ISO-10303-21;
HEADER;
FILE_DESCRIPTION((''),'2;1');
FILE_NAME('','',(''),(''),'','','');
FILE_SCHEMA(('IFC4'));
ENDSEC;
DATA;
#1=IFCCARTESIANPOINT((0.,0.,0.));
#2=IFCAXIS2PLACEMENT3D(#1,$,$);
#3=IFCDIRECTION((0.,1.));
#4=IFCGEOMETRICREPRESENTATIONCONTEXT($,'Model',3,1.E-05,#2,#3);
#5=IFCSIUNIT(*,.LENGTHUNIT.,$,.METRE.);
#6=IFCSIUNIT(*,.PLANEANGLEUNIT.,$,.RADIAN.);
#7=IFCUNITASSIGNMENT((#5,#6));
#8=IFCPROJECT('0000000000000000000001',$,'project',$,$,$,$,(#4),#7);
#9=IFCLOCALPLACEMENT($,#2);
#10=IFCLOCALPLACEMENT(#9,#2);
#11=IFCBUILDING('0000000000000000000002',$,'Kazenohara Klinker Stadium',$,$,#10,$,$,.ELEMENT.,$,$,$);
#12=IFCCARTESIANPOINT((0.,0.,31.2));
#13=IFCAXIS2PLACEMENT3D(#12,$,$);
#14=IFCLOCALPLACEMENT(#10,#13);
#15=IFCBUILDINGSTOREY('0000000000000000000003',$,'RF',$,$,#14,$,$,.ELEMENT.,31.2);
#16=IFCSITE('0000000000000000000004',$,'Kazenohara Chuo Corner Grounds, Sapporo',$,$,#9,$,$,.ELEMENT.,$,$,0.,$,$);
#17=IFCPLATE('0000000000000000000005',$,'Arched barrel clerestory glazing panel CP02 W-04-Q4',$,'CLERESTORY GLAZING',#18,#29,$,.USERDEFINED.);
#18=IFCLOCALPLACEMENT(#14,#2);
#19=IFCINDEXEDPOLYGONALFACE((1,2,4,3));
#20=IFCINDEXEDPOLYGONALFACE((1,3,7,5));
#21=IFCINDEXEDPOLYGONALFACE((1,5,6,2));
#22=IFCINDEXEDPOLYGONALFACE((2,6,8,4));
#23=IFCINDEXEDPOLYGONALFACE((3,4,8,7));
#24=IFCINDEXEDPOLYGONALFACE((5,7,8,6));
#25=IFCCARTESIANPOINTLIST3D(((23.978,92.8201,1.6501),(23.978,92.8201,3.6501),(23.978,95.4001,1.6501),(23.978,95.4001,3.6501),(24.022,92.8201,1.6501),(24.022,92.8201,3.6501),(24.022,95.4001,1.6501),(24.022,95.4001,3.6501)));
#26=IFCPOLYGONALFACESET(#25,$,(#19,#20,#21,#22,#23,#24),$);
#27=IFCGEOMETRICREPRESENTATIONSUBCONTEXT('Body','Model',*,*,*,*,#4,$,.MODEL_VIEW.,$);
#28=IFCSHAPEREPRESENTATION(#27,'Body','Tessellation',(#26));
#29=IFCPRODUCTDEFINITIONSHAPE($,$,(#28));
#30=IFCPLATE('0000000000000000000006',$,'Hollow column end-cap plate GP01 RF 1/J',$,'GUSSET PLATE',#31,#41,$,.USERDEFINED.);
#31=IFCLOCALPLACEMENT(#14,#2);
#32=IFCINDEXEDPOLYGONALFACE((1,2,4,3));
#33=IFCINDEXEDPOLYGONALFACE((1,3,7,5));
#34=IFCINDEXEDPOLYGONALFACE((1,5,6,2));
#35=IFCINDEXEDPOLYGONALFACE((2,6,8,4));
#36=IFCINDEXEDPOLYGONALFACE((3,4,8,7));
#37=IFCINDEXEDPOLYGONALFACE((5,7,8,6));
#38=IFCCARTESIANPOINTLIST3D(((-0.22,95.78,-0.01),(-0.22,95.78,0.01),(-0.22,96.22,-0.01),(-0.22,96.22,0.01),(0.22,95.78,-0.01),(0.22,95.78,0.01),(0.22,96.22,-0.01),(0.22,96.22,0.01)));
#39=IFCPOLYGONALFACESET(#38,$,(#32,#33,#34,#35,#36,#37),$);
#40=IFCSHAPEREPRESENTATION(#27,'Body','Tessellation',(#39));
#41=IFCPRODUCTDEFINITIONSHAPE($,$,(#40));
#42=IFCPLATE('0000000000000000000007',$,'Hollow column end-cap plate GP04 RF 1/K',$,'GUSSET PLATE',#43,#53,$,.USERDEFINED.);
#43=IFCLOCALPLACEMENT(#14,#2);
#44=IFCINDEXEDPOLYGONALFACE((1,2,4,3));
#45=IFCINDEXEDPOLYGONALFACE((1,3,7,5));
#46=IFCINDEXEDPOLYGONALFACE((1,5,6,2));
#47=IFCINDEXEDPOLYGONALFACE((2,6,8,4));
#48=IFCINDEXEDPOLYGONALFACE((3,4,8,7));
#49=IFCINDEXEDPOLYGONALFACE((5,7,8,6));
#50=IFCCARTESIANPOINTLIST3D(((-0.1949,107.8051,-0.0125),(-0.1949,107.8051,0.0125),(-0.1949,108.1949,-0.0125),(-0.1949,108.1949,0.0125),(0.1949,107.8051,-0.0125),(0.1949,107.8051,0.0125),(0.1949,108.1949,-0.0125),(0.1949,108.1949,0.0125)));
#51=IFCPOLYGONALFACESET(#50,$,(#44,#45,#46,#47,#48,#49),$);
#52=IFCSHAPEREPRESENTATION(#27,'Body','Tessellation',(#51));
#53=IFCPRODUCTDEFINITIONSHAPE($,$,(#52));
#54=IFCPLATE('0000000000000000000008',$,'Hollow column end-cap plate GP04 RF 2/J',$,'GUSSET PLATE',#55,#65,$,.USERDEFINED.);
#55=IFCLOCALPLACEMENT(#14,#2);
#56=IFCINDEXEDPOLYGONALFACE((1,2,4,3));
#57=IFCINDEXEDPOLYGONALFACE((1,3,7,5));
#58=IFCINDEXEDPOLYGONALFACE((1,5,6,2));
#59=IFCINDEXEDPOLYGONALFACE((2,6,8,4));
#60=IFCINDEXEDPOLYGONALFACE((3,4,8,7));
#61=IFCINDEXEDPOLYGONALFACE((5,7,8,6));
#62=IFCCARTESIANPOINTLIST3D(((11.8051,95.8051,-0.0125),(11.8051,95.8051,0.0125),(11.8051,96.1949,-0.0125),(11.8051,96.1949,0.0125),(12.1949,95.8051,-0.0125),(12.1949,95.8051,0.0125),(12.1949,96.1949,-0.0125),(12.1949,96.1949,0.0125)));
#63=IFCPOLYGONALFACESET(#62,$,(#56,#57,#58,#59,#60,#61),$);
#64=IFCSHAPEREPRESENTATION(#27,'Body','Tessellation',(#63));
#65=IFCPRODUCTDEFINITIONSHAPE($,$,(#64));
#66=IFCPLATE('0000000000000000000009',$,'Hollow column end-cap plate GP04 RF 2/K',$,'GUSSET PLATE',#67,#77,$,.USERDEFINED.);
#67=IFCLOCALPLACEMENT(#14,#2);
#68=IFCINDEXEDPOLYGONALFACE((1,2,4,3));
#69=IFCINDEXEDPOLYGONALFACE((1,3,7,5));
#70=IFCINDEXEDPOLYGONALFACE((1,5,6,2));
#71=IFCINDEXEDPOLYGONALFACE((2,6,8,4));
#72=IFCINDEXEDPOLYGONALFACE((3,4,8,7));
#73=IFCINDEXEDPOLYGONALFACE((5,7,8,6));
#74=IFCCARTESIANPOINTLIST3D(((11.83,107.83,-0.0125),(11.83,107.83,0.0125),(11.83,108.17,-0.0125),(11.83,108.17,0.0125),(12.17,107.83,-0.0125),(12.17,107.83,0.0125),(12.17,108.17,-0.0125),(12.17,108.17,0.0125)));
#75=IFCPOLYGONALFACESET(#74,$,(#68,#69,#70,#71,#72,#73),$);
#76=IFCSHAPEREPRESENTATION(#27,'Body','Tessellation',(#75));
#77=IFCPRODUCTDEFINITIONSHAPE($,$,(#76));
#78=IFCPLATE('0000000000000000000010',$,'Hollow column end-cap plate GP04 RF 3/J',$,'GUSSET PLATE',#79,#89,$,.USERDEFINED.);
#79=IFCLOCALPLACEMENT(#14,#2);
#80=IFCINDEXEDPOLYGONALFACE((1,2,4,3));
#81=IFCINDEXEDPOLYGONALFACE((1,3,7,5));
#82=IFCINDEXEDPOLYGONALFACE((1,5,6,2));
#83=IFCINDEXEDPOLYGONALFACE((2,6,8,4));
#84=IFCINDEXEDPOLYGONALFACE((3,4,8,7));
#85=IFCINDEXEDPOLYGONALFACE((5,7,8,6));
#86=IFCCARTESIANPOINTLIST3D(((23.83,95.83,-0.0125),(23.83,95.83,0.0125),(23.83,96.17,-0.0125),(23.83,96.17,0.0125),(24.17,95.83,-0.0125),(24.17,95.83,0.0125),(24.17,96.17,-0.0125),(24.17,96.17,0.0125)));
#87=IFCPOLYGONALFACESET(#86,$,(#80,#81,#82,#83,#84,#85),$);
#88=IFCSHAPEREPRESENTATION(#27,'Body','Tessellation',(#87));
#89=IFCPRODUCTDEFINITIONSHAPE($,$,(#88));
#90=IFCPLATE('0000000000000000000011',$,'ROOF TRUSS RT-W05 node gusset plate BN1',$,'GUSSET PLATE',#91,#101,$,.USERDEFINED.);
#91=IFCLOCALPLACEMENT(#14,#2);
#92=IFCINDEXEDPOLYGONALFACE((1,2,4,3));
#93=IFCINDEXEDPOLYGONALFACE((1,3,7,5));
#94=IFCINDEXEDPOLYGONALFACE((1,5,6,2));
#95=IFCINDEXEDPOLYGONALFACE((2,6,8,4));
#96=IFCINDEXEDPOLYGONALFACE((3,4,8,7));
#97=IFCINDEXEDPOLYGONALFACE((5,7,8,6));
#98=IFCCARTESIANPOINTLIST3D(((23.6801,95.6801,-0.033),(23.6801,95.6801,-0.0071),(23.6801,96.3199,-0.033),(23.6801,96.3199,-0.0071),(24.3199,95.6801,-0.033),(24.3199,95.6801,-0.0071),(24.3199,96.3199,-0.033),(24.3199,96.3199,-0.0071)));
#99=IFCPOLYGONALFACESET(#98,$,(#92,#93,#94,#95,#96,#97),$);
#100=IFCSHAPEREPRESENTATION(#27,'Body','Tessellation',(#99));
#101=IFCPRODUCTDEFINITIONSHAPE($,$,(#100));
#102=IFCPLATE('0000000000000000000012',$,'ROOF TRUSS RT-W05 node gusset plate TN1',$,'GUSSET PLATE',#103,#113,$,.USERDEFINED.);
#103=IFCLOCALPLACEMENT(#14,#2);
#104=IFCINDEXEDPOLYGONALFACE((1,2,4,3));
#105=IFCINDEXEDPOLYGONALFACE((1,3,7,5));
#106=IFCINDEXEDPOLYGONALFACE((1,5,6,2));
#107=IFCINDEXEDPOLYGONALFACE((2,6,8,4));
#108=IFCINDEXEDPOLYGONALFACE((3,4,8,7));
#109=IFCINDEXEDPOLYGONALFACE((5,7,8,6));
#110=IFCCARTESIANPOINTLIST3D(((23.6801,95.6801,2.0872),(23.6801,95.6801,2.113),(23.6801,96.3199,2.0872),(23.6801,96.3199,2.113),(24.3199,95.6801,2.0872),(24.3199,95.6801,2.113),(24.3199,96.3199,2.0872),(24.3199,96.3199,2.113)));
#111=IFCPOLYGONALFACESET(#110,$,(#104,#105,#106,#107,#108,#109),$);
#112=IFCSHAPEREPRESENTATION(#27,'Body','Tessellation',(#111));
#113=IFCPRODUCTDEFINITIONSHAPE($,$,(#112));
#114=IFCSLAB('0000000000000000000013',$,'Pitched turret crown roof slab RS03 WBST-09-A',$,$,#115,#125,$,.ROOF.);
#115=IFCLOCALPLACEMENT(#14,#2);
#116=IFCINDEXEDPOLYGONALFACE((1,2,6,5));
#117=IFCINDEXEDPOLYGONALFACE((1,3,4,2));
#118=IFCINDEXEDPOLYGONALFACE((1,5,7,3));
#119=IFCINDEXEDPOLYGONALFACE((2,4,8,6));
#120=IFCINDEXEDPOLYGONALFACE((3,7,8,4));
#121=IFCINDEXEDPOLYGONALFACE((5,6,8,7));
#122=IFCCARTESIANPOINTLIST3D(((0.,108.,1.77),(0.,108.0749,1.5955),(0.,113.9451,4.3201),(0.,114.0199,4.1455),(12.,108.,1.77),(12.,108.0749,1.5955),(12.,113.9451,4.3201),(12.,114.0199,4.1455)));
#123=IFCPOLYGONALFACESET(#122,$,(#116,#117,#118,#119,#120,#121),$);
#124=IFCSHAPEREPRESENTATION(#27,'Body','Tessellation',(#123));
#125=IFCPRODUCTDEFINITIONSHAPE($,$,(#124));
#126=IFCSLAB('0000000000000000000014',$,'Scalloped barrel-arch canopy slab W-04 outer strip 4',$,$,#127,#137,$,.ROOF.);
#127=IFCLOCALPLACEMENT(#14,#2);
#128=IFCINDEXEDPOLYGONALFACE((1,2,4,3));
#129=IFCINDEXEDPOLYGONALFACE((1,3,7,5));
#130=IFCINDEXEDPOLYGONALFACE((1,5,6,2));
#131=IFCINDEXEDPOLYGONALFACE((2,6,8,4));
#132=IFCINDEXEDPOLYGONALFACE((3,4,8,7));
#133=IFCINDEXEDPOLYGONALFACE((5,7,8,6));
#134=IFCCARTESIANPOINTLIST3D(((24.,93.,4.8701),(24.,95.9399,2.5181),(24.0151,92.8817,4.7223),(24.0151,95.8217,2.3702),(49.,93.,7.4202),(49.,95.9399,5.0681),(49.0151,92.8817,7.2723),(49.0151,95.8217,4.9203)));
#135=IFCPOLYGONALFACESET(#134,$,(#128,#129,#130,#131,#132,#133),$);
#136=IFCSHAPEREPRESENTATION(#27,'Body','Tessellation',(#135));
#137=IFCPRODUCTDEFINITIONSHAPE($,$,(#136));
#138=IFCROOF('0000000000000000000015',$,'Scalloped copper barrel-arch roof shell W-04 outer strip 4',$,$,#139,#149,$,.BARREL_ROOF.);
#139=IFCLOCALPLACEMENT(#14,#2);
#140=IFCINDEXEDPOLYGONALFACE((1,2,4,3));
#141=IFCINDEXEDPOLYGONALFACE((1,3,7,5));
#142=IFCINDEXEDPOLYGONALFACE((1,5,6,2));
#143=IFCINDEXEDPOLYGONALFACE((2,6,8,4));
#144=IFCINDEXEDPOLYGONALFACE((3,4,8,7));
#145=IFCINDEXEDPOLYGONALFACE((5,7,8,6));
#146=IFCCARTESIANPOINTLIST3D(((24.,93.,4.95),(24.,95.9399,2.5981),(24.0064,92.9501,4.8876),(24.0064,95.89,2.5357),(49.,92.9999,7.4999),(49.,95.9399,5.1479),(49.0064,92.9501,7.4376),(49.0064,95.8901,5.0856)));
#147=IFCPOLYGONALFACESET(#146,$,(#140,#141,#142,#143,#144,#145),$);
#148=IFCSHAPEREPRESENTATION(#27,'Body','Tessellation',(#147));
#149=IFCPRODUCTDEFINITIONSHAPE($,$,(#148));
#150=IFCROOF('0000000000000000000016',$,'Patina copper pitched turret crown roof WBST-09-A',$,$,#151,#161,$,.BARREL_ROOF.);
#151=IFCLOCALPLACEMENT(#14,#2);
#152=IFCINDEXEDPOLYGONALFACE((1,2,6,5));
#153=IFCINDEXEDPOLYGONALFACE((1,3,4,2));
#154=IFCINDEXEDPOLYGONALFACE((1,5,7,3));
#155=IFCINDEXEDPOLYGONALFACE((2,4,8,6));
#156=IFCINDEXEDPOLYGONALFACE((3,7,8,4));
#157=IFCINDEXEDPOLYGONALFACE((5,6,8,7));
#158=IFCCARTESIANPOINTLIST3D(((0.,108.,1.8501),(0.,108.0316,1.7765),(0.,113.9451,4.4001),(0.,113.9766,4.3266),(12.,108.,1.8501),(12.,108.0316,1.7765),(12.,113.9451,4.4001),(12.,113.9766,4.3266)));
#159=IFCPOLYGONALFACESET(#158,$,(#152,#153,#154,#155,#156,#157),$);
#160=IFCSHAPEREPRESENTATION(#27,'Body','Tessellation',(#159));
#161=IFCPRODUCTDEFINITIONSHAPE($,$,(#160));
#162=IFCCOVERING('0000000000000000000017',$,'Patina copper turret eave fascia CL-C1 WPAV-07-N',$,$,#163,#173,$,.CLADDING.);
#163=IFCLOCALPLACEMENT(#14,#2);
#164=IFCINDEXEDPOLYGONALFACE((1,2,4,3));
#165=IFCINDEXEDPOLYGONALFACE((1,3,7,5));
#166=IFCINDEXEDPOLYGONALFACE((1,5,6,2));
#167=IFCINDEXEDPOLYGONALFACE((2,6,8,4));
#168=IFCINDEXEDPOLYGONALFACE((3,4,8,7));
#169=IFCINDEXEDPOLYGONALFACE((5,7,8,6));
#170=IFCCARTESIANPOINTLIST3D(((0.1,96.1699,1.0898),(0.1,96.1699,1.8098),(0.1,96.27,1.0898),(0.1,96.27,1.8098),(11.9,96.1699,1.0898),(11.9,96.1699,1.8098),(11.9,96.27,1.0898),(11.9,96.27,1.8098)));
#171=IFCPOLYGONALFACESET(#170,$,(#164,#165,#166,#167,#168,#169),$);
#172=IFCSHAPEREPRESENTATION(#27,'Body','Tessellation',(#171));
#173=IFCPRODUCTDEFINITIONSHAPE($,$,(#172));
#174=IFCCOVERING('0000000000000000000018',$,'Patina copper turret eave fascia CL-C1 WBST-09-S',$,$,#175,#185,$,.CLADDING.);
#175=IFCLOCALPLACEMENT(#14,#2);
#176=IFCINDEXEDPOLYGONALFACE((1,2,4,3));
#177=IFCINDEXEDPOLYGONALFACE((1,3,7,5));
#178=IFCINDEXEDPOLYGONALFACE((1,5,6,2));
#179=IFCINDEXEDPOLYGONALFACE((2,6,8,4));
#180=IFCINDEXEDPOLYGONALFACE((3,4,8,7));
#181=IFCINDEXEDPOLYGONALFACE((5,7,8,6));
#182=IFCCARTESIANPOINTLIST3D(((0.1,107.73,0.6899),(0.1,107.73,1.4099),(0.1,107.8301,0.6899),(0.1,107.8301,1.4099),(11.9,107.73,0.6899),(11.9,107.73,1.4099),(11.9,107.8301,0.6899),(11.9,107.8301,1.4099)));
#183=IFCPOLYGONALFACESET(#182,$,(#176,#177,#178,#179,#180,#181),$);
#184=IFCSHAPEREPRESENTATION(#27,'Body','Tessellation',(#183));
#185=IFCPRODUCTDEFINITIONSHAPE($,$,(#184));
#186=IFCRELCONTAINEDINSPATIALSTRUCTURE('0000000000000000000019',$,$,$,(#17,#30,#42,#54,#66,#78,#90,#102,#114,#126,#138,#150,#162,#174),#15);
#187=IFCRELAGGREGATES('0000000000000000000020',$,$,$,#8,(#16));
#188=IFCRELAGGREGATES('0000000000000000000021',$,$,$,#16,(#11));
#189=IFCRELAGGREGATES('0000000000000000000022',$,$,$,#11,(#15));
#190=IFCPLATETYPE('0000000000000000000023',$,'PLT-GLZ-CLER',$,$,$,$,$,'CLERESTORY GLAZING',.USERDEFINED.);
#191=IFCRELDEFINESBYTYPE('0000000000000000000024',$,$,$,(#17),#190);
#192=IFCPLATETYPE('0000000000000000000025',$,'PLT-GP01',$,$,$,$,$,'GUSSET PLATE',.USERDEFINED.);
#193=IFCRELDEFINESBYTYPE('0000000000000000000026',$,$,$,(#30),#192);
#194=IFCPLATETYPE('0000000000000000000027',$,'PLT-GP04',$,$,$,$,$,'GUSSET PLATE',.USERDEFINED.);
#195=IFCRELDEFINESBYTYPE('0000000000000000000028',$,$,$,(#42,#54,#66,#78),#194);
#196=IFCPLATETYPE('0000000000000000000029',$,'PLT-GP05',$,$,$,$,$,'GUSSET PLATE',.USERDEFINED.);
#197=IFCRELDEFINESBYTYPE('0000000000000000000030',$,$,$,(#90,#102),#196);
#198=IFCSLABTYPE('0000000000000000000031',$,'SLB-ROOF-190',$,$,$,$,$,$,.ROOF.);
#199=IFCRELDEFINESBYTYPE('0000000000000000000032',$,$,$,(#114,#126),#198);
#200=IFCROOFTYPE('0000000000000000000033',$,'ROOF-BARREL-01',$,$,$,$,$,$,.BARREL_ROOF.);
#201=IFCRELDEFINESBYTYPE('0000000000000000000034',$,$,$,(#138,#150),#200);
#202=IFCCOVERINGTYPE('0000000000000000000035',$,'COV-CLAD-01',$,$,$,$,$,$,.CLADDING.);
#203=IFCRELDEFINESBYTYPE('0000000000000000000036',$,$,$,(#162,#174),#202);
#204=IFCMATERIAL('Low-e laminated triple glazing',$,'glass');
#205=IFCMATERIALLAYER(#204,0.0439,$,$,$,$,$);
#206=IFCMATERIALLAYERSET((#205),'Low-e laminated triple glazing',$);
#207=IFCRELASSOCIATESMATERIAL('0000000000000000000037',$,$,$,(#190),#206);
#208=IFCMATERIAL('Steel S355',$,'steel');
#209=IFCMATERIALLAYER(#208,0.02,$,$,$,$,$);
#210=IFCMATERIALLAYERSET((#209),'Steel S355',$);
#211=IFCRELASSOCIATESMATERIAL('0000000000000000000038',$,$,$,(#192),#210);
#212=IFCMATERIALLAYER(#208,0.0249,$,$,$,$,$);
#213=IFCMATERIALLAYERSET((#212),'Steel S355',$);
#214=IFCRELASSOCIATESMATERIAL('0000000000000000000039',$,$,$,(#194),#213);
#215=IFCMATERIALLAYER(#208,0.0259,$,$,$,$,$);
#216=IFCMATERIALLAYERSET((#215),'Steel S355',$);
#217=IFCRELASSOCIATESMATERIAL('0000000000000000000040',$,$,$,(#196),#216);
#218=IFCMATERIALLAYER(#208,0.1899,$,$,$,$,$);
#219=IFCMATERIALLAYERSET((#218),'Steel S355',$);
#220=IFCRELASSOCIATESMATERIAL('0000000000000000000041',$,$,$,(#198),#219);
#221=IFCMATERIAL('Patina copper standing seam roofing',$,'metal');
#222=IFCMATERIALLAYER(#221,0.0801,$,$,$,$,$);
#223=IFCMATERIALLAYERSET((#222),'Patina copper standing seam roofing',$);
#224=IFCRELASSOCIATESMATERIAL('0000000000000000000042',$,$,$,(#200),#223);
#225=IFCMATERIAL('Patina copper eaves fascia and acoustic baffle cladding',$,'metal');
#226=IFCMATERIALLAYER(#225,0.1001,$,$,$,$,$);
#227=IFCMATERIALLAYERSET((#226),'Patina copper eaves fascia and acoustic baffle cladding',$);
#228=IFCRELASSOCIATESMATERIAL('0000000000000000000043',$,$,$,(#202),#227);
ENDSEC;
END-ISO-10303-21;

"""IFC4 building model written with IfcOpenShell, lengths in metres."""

from ifc_helpers import new_model, si_unit, direction, frame, origin, origin_2d, place, context, subcontext, project, spatial, polyline, rectangle, outline, extrude, material, layer, layer_set, type_object, element, save


model = new_model("IFC4")

# Units and contexts
model_context = context("Model", 3, precision=1e-05, world=origin(), true_north=direction((0.0, 1.0)))
body_context = subcontext(model_context, "Body", "Model", "MODEL_VIEW")
ifc_project = project(units=[si_unit("LENGTHUNIT", "METRE"), si_unit("PLANEANGLEUNIT", "RADIAN")], contexts=[model_context])

# Site, building, storey
site_placement = place(None, origin())
site = spatial("IfcSite", under=ifc_project, at=site_placement, Name="Kazenohara Chuo Corner Grounds, Sapporo", CompositionType="ELEMENT", RefElevation=0.0)
building_placement = place(site_placement, origin())
building = spatial("IfcBuilding", under=site, at=building_placement, Name="Kazenohara Klinker Stadium", CompositionType="ELEMENT")
storey_placement = place(building_placement, frame((0.0, 0.0, 31.2)))
storey = spatial("IfcBuildingStorey", under=building, at=storey_placement, Name="RF", CompositionType="ELEMENT", Elevation=31.2)

# Shared definitions
ifc_material_1 = material(Name="Steel S355", Category="steel")

# Plates
ifc_material_2 = material(Name="Low-e laminated triple glazing", Category="glass")
ifc_layer_1 = layer(ifc_material_2, 0.0439)
ifc_layer_set_1 = layer_set([ifc_layer_1], Name="Low-e laminated triple glazing")
plate_type_1 = type_object("IfcPlateType", Name="PLT-GLZ-CLER", ElementType="CLERESTORY GLAZING", PredefinedType="USERDEFINED", material=ifc_layer_set_1)
plate_1_placement = place(storey_placement, frame((24.0, 94.1101, 1.6501), z_axis=(0.0, 0.0, 1.0), x_axis=(1.0, 0.0, 0.0)))
element("IfcPlate", 1, at=plate_1_placement, inside=storey, type_object=plate_type_1, Name="Arched barrel clerestory glazing panel CP02 W-04-Q4", ObjectType="CLERESTORY GLAZING", PredefinedType="USERDEFINED", context=body_context, shape_type="SweptSolid", body=[
    extrude(rectangle(XDim=0.0439, YDim=2.5801, at=origin_2d()), origin(), (0.0, 0.0, 1.0), 2.0),
])
ifc_layer_2 = layer(ifc_material_1, 0.02)
ifc_layer_set_2 = layer_set([ifc_layer_2], Name="Steel S355")
plate_type_2 = type_object("IfcPlateType", Name="PLT-GP01", ElementType="GUSSET PLATE", PredefinedType="USERDEFINED", material=ifc_layer_set_2)
plate_2_placement = place(storey_placement, frame((0.0, 96.0, -0.01), z_axis=(0.0, 0.0, 1.0), x_axis=(1.0, 0.0, 0.0)))
element("IfcPlate", 2, at=plate_2_placement, inside=storey, type_object=plate_type_2, Name="Hollow column end-cap plate GP01 RF 1/J", ObjectType="GUSSET PLATE", PredefinedType="USERDEFINED", context=body_context, shape_type="SweptSolid", body=[
    extrude(rectangle(XDim=0.4399, YDim=0.4399, at=origin_2d()), origin(), (0.0, 0.0, 1.0), 0.02),
])
ifc_layer_3 = layer(ifc_material_1, 0.0249)
ifc_layer_set_3 = layer_set([ifc_layer_3], Name="Steel S355")
plate_type_3 = type_object("IfcPlateType", Name="PLT-GP04", ElementType="GUSSET PLATE", PredefinedType="USERDEFINED", material=ifc_layer_set_3)
for number, where, z_axis, x_axis, name in (
    (3, (0.0, 108.0, -0.0125), (0.0, 0.0, 1.0), (1.0, 0.0, 0.0), "Hollow column end-cap plate GP04 RF 1/K"),
    (4, (12.0, 96.0, -0.0125), (0.0, 0.0, 1.0), (1.0, 0.0, 0.0), "Hollow column end-cap plate GP04 RF 2/J"),
):
    element("IfcPlate", number, at=place(storey_placement, frame(where, z_axis=z_axis, x_axis=x_axis)), inside=storey, type_object=plate_type_3, Name=name, ObjectType="GUSSET PLATE", PredefinedType="USERDEFINED", context=body_context, shape_type="SweptSolid", body=[
        extrude(rectangle(XDim=0.3899, YDim=0.3899, at=origin_2d()), origin(), (0.0, 0.0, 1.0), 0.0249),
    ])
for number, where, z_axis, x_axis, name in (
    (5, (12.0, 108.0, -0.0125), (0.0, 0.0, 1.0), (1.0, 0.0, 0.0), "Hollow column end-cap plate GP04 RF 2/K"),
    (6, (24.0, 96.0, -0.0125), (0.0, 0.0, 1.0), (1.0, 0.0, 0.0), "Hollow column end-cap plate GP04 RF 3/J"),
):
    element("IfcPlate", number, at=place(storey_placement, frame(where, z_axis=z_axis, x_axis=x_axis)), inside=storey, type_object=plate_type_3, Name=name, ObjectType="GUSSET PLATE", PredefinedType="USERDEFINED", context=body_context, shape_type="SweptSolid", body=[
        extrude(rectangle(XDim=0.3401, YDim=0.3401, at=origin_2d()), origin(), (0.0, 0.0, 1.0), 0.0249),
    ])
ifc_layer_4 = layer(ifc_material_1, 0.0259)
ifc_layer_set_4 = layer_set([ifc_layer_4], Name="Steel S355")
plate_type_4 = type_object("IfcPlateType", Name="PLT-GP05", ElementType="GUSSET PLATE", PredefinedType="USERDEFINED", material=ifc_layer_set_4)
for number, where, z_axis, x_axis, name in (
    (7, (24.0, 96.0, -0.033), (0.0, 0.0, 1.0), (1.0, 0.0, 0.0), "ROOF TRUSS RT-W05 node gusset plate BN1"),
    (8, (24.0, 96.0, 2.0872), (0.0, 0.0, 1.0), (1.0, 0.0, 0.0), "ROOF TRUSS RT-W05 node gusset plate TN1"),
):
    element("IfcPlate", number, at=place(storey_placement, frame(where, z_axis=z_axis, x_axis=x_axis)), inside=storey, type_object=plate_type_4, Name=name, ObjectType="GUSSET PLATE", PredefinedType="USERDEFINED", context=body_context, shape_type="SweptSolid", body=[
        extrude(rectangle(XDim=0.6399, YDim=0.6399, at=origin_2d()), origin(), (0.0, 0.0, 1.0), 0.0259),
    ])

# Slabs
ifc_layer_5 = layer(ifc_material_1, 0.1899)
ifc_layer_set_5 = layer_set([ifc_layer_5], Name="Steel S355")
slab_type = type_object("IfcSlabType", Name="SLB-ROOF-190", PredefinedType="ROOF", material=ifc_layer_set_5)
slab_1_placement = place(storey_placement, frame((0.0, 108.0, 1.77), z_axis=(0.0, -0.394202, 0.919024), x_axis=(1.0, 0.0, 0.0)))
element("IfcSlab", 9, at=slab_1_placement, inside=storey, type_object=slab_type, Name="Pitched turret crown roof slab RS03 WBST-09-A", PredefinedType="ROOF", context=body_context, shape_type="SweptSolid", body=[
    extrude(outline(polyline([(0.0, 0.0), (12.0, 0.0), (12.0, 6.4689), (0.0, 6.4689), (0.0, 0.0)])), origin(), (0.0, 0.0, -1.0), 0.1899),
])
slab_2_placement = place(storey_placement, frame((24.0, 93.0, 4.8701), z_axis=(-0.079397, 0.622739, 0.778391), x_axis=(0.994838, 0.0, 0.101475)))
element("IfcSlab", 10, at=slab_2_placement, inside=storey, type_object=slab_type, Name="Scalloped barrel-arch canopy slab W-04 outer strip 4", PredefinedType="ROOF", context=body_context, shape_type="SweptSolid", body=[
    extrude(outline(polyline([(0.0, 0.0), (25.1297, 0.0), (24.891, 3.7575), (-0.2387, 3.7575), (0.0, 0.0)])), origin(), (0.0, 0.0, -1.0), 0.1899),
])

# Roofs
ifc_material_3 = material(Name="Patina copper standing seam roofing", Category="metal")
ifc_layer_6 = layer(ifc_material_3, 0.0801)
ifc_layer_set_6 = layer_set([ifc_layer_6], Name="Patina copper standing seam roofing")
roof_type = type_object("IfcRoofType", Name="ROOF-BARREL-01", PredefinedType="BARREL_ROOF", material=ifc_layer_set_6)
roof_1_placement = place(storey_placement, frame((24.0, 93.0, 4.95), z_axis=(-0.079395, 0.622719, 0.778407), x_axis=(0.994838, -0.000002, 0.101472)))
element("IfcRoof", 11, at=roof_1_placement, inside=storey, type_object=roof_type, Name="Scalloped copper barrel-arch roof shell W-04 outer strip 4", PredefinedType="BARREL_ROOF", context=body_context, shape_type="SweptSolid", body=[
    extrude(outline(polyline([(0.0, 0.0), (25.1297, 0.0), (24.891, 3.7575), (-0.2387, 3.7573), (0.0, 0.0)])), origin(), (0.0, 0.0, -1.0), 0.0801),
])
roof_2_placement = place(storey_placement, frame((0.0, 108.0, 1.8501), z_axis=(0.0, -0.394202, 0.919024), x_axis=(1.0, 0.0, 0.0)))
element("IfcRoof", 12, at=roof_2_placement, inside=storey, type_object=roof_type, Name="Patina copper pitched turret crown roof WBST-09-A", PredefinedType="BARREL_ROOF", context=body_context, shape_type="SweptSolid", body=[
    extrude(outline(polyline([(0.0, 0.0), (12.0, 0.0), (12.0, 6.4689), (0.0, 6.4689), (0.0, 0.0)])), origin(), (0.0, 0.0, -1.0), 0.0801),
])

# Coverings
ifc_material_4 = material(Name="Patina copper eaves fascia and acoustic baffle cladding", Category="metal")
ifc_layer_7 = layer(ifc_material_4, 0.1001)
ifc_layer_set_7 = layer_set([ifc_layer_7], Name="Patina copper eaves fascia and acoustic baffle cladding")
covering_type = type_object("IfcCoveringType", Name="COV-CLAD-01", PredefinedType="CLADDING", material=ifc_layer_set_7)
for number, where, z_axis, x_axis, name in (
    (13, (6.0, 96.22, 1.0898), (0.0, 0.0, 1.0), (1.0, 0.0, 0.0), "Patina copper turret eave fascia CL-C1 WPAV-07-N"),
    (14, (6.0, 107.78, 0.6899), (0.0, 0.0, 1.0), (1.0, 0.0, 0.0), "Patina copper turret eave fascia CL-C1 WBST-09-S"),
):
    element("IfcCovering", number, at=place(storey_placement, frame(where, z_axis=z_axis, x_axis=x_axis)), inside=storey, type_object=covering_type, Name=name, PredefinedType="CLADDING", context=body_context, shape_type="SweptSolid", body=[
        extrude(rectangle(XDim=11.8, YDim=0.1001, at=origin_2d()), origin(), (0.0, 0.0, 1.0), 0.72),
    ])

save(model, "model.ifc")
